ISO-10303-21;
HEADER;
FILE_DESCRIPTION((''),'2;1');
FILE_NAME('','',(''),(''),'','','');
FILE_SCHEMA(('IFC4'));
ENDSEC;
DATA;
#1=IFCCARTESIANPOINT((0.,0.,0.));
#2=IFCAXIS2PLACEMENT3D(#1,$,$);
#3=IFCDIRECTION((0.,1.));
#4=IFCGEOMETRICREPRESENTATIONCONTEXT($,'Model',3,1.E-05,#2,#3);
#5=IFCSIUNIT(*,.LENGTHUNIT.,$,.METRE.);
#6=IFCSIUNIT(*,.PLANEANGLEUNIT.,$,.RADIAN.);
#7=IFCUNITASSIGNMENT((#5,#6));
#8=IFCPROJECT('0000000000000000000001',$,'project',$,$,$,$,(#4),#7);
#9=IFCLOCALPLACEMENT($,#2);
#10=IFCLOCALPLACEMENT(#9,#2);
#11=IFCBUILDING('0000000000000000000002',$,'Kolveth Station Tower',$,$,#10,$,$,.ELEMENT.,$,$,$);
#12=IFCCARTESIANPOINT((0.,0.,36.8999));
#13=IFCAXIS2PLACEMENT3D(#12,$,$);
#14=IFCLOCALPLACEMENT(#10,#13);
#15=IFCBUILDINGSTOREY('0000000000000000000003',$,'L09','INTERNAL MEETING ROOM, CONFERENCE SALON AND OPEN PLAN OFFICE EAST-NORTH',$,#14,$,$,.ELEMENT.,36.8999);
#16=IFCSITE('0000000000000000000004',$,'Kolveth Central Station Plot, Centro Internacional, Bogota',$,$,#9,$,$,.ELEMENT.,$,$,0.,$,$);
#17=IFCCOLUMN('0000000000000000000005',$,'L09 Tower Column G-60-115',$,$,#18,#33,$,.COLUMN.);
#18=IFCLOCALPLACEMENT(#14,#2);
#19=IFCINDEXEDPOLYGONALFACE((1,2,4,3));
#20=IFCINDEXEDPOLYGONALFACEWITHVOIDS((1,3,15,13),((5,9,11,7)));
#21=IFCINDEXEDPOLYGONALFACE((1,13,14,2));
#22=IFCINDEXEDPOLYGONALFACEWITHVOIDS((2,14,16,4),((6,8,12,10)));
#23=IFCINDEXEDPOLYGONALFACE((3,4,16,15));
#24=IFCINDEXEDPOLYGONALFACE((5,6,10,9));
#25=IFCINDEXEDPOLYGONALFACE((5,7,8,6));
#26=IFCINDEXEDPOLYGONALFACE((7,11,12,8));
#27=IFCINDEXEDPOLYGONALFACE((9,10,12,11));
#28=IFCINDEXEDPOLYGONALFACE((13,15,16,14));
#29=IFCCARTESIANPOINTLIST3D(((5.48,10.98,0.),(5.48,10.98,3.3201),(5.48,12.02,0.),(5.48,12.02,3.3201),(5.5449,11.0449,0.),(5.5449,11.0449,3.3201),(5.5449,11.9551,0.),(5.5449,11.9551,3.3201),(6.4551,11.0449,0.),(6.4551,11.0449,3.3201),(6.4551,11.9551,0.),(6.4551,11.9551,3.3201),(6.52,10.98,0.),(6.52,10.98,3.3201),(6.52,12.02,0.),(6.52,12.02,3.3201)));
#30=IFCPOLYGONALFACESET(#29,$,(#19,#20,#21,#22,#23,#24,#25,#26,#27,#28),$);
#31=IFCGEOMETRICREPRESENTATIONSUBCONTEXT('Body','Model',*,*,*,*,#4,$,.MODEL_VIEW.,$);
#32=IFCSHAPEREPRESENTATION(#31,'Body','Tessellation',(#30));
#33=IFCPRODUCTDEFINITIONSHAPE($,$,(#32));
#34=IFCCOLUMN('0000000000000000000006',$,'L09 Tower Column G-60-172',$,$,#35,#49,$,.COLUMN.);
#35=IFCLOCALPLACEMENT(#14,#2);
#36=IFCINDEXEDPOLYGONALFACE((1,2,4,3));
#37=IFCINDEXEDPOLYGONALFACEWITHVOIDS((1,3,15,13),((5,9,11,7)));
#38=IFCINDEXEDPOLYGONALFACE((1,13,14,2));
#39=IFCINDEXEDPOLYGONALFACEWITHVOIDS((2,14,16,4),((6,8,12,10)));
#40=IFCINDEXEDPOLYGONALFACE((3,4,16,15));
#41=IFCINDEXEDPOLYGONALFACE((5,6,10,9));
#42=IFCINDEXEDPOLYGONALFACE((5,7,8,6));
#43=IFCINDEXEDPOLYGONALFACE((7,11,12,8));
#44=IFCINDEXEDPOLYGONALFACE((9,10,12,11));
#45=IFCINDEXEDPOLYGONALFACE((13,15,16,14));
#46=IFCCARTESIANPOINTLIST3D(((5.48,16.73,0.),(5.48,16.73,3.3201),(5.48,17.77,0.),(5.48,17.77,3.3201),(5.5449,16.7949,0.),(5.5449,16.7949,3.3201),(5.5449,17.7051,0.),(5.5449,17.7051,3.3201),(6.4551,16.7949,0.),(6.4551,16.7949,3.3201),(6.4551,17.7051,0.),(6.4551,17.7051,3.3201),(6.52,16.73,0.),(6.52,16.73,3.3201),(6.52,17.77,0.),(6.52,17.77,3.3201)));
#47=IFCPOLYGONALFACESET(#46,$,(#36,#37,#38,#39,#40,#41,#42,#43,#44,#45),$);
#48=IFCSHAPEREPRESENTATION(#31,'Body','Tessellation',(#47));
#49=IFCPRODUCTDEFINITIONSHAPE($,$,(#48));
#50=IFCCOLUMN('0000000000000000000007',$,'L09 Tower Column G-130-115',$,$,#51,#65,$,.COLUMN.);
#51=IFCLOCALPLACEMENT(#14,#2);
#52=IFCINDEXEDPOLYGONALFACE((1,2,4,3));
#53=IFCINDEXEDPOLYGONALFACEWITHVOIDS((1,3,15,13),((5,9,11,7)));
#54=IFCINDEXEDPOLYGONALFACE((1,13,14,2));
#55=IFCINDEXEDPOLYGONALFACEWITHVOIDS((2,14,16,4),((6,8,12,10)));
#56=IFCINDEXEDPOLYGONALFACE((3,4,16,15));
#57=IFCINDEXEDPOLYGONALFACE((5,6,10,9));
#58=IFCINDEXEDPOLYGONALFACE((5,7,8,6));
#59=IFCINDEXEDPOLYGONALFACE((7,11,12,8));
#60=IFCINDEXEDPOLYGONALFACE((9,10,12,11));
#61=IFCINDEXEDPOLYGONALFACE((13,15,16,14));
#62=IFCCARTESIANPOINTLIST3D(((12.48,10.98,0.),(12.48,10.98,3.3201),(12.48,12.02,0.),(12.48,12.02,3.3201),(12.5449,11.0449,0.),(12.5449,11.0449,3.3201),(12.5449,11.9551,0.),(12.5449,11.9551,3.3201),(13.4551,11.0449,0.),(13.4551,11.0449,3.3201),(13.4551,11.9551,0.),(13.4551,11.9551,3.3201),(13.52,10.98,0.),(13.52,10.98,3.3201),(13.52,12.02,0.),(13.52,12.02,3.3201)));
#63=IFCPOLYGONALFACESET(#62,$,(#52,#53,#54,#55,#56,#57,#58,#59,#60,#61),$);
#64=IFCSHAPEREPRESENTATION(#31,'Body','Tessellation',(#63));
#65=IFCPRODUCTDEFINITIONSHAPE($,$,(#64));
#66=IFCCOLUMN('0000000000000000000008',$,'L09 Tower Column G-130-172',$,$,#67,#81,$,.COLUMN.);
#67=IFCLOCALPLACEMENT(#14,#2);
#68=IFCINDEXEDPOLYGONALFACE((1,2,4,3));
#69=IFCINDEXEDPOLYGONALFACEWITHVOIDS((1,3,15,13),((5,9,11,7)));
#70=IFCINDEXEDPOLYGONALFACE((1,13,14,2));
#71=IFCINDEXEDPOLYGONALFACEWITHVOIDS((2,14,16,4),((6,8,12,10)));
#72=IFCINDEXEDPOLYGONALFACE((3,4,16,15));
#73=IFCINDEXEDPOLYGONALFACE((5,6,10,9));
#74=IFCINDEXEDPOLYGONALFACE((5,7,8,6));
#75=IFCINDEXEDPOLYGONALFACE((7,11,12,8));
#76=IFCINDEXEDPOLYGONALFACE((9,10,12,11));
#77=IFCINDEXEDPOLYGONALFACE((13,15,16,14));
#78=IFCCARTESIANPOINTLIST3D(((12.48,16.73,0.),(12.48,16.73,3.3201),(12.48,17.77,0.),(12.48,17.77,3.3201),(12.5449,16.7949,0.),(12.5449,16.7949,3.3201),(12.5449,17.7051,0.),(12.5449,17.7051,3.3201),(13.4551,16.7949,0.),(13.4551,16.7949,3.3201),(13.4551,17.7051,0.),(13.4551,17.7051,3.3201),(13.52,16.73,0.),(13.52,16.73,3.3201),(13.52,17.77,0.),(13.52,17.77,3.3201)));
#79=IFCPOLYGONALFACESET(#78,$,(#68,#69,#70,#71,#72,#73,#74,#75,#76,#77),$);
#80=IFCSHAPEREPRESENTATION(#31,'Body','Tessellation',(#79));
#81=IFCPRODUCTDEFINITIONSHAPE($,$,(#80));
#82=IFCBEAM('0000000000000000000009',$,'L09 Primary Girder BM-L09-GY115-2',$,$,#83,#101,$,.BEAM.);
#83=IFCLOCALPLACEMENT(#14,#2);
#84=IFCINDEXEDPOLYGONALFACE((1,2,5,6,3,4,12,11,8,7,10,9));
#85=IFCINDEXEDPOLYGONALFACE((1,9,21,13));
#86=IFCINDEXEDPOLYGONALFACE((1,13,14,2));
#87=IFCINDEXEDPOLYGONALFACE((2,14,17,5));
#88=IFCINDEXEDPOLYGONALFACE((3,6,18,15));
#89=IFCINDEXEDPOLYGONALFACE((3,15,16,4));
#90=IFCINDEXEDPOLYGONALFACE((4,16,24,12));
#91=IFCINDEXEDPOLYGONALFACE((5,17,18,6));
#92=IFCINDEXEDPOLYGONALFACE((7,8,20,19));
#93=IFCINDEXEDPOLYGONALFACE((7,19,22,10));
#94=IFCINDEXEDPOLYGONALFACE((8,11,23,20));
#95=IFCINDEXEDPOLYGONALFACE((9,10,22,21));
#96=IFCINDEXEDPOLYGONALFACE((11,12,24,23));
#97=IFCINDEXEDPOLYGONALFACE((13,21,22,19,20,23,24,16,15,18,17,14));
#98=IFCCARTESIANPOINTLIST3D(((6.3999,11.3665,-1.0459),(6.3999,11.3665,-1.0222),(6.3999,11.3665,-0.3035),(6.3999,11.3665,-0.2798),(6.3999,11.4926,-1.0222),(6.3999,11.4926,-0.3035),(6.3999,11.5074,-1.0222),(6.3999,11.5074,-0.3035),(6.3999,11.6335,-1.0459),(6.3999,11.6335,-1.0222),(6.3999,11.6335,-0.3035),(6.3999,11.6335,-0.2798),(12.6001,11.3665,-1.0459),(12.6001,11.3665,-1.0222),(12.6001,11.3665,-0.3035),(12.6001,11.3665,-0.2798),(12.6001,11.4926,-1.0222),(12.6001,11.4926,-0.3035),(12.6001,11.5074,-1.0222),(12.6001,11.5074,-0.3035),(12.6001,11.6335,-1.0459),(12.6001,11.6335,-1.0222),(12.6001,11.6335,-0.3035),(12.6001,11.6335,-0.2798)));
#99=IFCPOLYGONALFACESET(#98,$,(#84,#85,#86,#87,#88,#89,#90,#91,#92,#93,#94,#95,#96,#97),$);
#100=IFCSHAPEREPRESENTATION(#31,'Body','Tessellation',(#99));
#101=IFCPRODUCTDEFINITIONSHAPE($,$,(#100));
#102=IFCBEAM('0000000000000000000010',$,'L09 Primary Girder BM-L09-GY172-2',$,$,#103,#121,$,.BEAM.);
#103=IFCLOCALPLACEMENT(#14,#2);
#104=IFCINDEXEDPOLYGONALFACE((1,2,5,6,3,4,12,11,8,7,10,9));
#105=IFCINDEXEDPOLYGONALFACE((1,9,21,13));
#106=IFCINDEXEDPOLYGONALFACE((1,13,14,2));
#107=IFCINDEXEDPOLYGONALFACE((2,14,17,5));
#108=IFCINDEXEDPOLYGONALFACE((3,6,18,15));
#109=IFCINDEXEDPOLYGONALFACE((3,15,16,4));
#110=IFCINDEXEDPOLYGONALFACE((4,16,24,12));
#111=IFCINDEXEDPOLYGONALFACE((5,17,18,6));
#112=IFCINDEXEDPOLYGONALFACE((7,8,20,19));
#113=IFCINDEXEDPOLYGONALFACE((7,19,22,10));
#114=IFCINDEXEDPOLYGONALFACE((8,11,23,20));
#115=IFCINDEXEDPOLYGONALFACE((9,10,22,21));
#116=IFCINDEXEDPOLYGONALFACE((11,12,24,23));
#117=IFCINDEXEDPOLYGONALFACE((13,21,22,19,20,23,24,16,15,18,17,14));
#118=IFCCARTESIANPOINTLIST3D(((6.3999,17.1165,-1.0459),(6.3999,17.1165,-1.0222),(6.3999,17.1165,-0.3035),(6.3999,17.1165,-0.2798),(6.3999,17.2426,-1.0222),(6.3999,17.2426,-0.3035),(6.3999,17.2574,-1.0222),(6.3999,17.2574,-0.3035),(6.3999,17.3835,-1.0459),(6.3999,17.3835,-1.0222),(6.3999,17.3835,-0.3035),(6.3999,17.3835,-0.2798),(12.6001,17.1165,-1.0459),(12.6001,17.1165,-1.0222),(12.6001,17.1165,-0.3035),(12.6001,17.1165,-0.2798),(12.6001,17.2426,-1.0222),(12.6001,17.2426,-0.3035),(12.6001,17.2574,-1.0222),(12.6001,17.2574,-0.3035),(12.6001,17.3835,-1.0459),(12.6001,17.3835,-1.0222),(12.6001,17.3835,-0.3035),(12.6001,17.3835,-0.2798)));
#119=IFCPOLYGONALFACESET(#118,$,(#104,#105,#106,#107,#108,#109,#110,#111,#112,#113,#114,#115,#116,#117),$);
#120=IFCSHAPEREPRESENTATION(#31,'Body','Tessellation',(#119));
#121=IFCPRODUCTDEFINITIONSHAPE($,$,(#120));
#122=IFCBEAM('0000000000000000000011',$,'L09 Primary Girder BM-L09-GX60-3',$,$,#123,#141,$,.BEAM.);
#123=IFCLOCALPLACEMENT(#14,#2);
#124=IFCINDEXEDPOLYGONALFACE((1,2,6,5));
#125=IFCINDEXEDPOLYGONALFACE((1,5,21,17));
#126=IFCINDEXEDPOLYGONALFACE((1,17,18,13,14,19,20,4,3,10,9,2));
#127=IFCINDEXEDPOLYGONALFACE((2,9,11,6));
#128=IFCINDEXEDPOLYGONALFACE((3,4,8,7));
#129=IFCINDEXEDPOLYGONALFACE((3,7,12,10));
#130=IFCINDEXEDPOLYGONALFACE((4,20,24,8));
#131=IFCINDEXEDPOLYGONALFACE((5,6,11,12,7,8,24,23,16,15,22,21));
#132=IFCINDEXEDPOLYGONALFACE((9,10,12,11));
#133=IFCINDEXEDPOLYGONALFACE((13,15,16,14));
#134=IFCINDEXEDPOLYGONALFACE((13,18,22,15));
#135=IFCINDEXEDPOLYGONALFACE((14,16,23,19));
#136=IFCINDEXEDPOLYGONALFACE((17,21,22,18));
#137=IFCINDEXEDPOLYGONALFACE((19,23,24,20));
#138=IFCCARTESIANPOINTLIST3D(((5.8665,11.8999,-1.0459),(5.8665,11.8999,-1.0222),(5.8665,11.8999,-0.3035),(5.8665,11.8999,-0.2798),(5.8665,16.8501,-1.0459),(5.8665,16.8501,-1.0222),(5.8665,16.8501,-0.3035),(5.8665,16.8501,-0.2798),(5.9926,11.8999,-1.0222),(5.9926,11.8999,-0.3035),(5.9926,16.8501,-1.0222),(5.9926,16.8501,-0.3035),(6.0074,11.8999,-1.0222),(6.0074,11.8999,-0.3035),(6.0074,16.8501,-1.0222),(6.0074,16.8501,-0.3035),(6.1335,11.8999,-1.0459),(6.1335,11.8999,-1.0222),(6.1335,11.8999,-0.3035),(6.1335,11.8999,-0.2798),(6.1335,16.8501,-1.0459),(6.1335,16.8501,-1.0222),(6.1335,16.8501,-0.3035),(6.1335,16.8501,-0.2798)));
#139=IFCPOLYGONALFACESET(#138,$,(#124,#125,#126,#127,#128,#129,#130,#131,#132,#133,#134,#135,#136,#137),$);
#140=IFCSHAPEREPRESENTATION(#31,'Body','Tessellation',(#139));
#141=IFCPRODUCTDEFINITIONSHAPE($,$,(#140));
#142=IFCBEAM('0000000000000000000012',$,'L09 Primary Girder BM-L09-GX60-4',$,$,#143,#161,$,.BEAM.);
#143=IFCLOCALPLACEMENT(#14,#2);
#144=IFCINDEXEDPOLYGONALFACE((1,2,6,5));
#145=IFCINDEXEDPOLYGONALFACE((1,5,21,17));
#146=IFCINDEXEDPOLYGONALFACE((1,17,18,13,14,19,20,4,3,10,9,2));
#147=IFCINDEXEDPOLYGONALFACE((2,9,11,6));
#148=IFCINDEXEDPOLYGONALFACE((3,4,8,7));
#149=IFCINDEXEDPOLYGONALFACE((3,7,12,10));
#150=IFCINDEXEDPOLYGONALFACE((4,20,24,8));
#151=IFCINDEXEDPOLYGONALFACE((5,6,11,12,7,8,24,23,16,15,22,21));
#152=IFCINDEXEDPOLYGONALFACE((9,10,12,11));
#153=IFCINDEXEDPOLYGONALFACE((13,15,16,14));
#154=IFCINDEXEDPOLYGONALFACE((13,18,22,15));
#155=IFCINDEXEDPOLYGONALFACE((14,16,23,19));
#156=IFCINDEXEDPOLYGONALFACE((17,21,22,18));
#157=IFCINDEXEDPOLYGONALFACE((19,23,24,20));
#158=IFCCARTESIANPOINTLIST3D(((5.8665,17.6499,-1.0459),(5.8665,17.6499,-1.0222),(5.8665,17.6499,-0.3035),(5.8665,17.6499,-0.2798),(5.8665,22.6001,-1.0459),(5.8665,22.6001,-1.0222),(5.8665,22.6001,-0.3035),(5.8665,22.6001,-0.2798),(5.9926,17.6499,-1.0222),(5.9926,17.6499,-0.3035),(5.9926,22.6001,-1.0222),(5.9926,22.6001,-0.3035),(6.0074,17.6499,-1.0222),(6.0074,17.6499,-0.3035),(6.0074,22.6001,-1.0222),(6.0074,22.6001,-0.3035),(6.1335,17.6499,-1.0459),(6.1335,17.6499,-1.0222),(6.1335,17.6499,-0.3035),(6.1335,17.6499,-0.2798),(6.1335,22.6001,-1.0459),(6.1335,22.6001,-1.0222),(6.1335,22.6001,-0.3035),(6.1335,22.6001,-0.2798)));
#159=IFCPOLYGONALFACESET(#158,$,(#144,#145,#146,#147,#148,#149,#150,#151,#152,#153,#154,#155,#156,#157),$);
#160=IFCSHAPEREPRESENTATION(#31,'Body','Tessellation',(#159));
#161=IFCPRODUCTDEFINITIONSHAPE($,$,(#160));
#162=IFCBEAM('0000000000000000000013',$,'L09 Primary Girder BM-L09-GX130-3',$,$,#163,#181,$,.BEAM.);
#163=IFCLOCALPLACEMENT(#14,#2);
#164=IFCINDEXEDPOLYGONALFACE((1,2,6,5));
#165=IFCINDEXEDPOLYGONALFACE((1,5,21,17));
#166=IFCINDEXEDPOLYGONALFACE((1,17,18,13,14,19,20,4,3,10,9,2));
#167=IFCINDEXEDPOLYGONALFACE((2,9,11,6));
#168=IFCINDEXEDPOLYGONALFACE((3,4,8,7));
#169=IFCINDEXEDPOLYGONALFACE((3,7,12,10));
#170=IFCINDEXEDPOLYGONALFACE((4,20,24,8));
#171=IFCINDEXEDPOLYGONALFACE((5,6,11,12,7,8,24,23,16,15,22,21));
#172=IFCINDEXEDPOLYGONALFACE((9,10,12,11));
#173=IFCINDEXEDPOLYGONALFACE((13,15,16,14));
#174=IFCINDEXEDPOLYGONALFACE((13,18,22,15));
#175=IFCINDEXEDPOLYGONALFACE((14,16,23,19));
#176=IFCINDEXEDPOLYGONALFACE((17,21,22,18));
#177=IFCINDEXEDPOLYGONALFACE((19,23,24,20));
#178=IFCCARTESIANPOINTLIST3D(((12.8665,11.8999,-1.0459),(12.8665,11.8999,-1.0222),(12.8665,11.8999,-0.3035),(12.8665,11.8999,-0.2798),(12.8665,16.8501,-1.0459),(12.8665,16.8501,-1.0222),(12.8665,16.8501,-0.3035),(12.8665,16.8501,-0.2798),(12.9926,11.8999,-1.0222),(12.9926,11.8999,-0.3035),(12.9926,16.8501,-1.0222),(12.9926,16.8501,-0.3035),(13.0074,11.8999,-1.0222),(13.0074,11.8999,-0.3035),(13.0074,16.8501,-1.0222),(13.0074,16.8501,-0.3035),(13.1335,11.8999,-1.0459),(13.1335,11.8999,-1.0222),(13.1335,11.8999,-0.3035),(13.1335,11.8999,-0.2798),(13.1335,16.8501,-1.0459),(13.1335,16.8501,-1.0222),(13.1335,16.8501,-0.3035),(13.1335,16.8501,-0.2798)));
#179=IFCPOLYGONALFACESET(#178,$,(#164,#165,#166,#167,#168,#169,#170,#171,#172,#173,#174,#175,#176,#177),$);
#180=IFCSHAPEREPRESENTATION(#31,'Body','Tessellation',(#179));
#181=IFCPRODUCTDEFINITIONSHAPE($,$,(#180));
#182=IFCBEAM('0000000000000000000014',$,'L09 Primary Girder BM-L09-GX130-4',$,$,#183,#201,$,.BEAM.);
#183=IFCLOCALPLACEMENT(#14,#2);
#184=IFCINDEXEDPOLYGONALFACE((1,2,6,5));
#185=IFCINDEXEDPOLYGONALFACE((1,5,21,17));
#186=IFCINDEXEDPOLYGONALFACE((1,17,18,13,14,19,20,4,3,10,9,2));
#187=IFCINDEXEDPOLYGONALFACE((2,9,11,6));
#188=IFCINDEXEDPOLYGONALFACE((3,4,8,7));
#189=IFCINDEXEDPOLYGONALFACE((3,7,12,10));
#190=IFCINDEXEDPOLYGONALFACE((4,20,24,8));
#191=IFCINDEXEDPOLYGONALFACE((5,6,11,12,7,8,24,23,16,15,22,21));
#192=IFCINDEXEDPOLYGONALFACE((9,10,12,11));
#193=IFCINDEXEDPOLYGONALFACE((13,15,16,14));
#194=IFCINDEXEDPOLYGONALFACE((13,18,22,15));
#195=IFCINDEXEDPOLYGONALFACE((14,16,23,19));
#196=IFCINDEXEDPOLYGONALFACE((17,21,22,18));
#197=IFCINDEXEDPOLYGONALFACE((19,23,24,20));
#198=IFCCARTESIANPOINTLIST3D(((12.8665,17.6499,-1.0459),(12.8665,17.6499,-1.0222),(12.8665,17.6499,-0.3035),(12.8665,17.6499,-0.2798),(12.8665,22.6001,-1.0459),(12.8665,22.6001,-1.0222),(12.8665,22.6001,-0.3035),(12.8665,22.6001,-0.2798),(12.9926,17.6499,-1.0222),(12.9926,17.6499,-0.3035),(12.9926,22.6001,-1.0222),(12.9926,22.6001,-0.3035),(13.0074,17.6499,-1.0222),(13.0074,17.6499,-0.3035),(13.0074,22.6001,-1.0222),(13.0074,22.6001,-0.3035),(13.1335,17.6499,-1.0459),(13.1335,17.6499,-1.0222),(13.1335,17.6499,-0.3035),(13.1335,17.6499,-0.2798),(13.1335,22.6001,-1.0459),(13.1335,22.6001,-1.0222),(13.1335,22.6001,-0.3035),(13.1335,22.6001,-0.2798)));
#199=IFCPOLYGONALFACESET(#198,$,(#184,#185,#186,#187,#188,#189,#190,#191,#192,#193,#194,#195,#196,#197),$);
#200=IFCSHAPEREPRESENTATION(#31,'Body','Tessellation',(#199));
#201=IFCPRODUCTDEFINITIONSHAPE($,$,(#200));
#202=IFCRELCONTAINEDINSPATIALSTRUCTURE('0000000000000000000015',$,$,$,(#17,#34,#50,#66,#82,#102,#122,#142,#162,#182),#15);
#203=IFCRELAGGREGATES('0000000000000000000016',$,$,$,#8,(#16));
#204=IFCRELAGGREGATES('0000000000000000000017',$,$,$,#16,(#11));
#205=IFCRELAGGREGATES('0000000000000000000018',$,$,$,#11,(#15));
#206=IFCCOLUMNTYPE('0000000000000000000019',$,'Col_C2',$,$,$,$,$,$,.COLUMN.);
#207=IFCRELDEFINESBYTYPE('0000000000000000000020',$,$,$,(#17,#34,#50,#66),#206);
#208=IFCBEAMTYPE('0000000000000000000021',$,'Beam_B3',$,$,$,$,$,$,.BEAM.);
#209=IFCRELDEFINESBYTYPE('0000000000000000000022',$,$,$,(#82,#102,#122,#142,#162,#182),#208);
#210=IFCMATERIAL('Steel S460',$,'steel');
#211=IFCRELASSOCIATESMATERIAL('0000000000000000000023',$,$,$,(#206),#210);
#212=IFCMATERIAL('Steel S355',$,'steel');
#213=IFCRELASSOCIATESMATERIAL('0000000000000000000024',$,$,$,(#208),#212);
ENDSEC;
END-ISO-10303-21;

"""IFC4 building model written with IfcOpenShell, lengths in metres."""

from ifc_helpers import new_model, si_unit, direction, frame, origin, origin_2d, place, context, subcontext, project, spatial, hollow_rectangle, i_section, extrude, source, transform, mapped, material, material_profile, profile_set, type_object, element, save


model = new_model("IFC4")

# Units and contexts
model_context = context("Model", 3, precision=1e-05, world=origin(), true_north=direction((0.0, 1.0)))
body_context = subcontext(model_context, "Body", "Model", "MODEL_VIEW")
ifc_project = project(units=[si_unit("LENGTHUNIT", "METRE"), si_unit("PLANEANGLEUNIT", "RADIAN")], contexts=[model_context])

# Site, building, storey
site_placement = place(None, origin())
site = spatial("IfcSite", under=ifc_project, at=site_placement, Name="Kolveth Central Station Plot, Centro Internacional, Bogota", CompositionType="ELEMENT", RefElevation=0.0)
building_placement = place(site_placement, origin())
building = spatial("IfcBuilding", under=site, at=building_placement, Name="Kolveth Station Tower", CompositionType="ELEMENT")
storey_placement = place(building_placement, frame((0.0, 0.0, 36.8999)))
storey = spatial("IfcBuildingStorey", under=building, at=storey_placement, Name="L09", Description="INTERNAL MEETING ROOM, CONFERENCE SALON AND OPEN PLAN OFFICE EAST-NORTH", CompositionType="ELEMENT", Elevation=36.8999)

# Columns
ifc_material_1 = material(Name="Steel S460", Category="steel")
ifc_material_profile_1 = material_profile(ifc_material_1, hollow_rectangle(XDim=1.04, YDim=1.04, WallThickness=0.0649, at=origin_2d()), Name="BOX1040x1040x65")
ifc_profile_set_1 = profile_set([ifc_material_profile_1], Name="Steel S460")
column_type = type_object("IfcColumnType", Name="Col_C2", PredefinedType="COLUMN", material=ifc_profile_set_1)
shared_shape_1 = source(origin(), body_context, "Body", "SweptSolid", [
    extrude(hollow_rectangle(XDim=1.04, YDim=1.04, WallThickness=0.0649, at=origin_2d()), origin(), (0.0, 0.0, 1.0), 3.3201),
])
for number, where, z_axis, x_axis, name in (
    (1, (6.0, 11.5, 0.0), (0.0, 0.0, 1.0), (1.0, 0.0, 0.0), "L09 Tower Column G-60-115"),
    (2, (6.0, 17.25, 0.0), (0.0, 0.0, 1.0), (1.0, 0.0, 0.0), "L09 Tower Column G-60-172"),
    (3, (13.0, 11.5, 0.0), (0.0, 0.0, 1.0), (1.0, 0.0, 0.0), "L09 Tower Column G-130-115"),
    (4, (13.0, 17.25, 0.0), (0.0, 0.0, 1.0), (1.0, 0.0, 0.0), "L09 Tower Column G-130-172"),
):
    element("IfcColumn", number, at=place(storey_placement, frame(where, z_axis=z_axis, x_axis=x_axis)), inside=storey, type_object=column_type, Name=name, PredefinedType="COLUMN", context=body_context, shape_type="MappedRepresentation", body=[
        mapped(shared_shape_1, transform((0.0, 0.0, 0.0), x_axis=(1.0, 0.0, 0.0), y_axis=(0.0, 1.0, 0.0), z_axis=(0.0, 0.0, 1.0), scale=1.0)),
    ])

# Beams
ifc_material_2 = material(Name="Steel S355", Category="steel")
ifc_material_profile_2 = material_profile(ifc_material_2, i_section(OverallWidth=0.2671, OverallDepth=0.7661, WebThickness=0.0149, FlangeThickness=0.0237, at=origin_2d()), Name="W760x185")
ifc_profile_set_2 = profile_set([ifc_material_profile_2], Name="Steel S355")
beam_type_1 = type_object("IfcBeamType", Name="Beam_B3", PredefinedType="BEAM", material=ifc_profile_set_2)
shared_shape_2 = source(origin(), body_context, "Body", "SweptSolid", [
    extrude(i_section(OverallWidth=0.2671, OverallDepth=0.7661, WebThickness=0.0149, FlangeThickness=0.0237, at=origin_2d()), origin(), (0.0, 0.0, 1.0), 6.2002),
])
for number, where, z_axis, x_axis, name in (
    (5, (6.3999, 11.5, -0.6628), (1.0, 0.0, 0.0), (0.0, 1.0, 0.0), "L09 Primary Girder BM-L09-GY115-2"),
    (6, (6.3999, 17.25, -0.6628), (1.0, 0.0, 0.0), (0.0, 1.0, 0.0), "L09 Primary Girder BM-L09-GY172-2"),
):
    element("IfcBeam", number, at=place(storey_placement, frame(where, z_axis=z_axis, x_axis=x_axis)), inside=storey, type_object=beam_type_1, Name=name, PredefinedType="BEAM", context=body_context, shape_type="MappedRepresentation", body=[
        mapped(shared_shape_2, transform((0.0, 0.0, 0.0), x_axis=(1.0, 0.0, 0.0), y_axis=(0.0, 1.0, 0.0), z_axis=(0.0, 0.0, 1.0), scale=1.0)),
    ])
shared_shape_3 = source(origin(), body_context, "Body", "SweptSolid", [
    extrude(i_section(OverallWidth=0.2671, OverallDepth=0.7661, WebThickness=0.0149, FlangeThickness=0.0237, at=origin_2d()), origin(), (0.0, 0.0, 1.0), 4.9502),
])
for number, where, z_axis, x_axis, name in (
    (7, (6.0, 11.8999, -0.6628), (0.0, 1.0, 0.0), (-1.0, 0.0, 0.0), "L09 Primary Girder BM-L09-GX60-3"),
    (8, (6.0, 17.6499, -0.6628), (0.0, 1.0, 0.0), (-1.0, 0.0, 0.0), "L09 Primary Girder BM-L09-GX60-4"),
    (9, (13.0, 11.8999, -0.6628), (0.0, 1.0, 0.0), (-1.0, 0.0, 0.0), "L09 Primary Girder BM-L09-GX130-3"),
    (10, (13.0, 17.6499, -0.6628), (0.0, 1.0, 0.0), (-1.0, 0.0, 0.0), "L09 Primary Girder BM-L09-GX130-4"),
):
    element("IfcBeam", number, at=place(storey_placement, frame(where, z_axis=z_axis, x_axis=x_axis)), inside=storey, type_object=beam_type_1, Name=name, PredefinedType="BEAM", context=body_context, shape_type="MappedRepresentation", body=[
        mapped(shared_shape_3, transform((0.0, 0.0, 0.0), x_axis=(1.0, 0.0, 0.0), y_axis=(0.0, 1.0, 0.0), z_axis=(0.0, 0.0, 1.0), scale=1.0)),
    ])

save(model, "model.ifc")
